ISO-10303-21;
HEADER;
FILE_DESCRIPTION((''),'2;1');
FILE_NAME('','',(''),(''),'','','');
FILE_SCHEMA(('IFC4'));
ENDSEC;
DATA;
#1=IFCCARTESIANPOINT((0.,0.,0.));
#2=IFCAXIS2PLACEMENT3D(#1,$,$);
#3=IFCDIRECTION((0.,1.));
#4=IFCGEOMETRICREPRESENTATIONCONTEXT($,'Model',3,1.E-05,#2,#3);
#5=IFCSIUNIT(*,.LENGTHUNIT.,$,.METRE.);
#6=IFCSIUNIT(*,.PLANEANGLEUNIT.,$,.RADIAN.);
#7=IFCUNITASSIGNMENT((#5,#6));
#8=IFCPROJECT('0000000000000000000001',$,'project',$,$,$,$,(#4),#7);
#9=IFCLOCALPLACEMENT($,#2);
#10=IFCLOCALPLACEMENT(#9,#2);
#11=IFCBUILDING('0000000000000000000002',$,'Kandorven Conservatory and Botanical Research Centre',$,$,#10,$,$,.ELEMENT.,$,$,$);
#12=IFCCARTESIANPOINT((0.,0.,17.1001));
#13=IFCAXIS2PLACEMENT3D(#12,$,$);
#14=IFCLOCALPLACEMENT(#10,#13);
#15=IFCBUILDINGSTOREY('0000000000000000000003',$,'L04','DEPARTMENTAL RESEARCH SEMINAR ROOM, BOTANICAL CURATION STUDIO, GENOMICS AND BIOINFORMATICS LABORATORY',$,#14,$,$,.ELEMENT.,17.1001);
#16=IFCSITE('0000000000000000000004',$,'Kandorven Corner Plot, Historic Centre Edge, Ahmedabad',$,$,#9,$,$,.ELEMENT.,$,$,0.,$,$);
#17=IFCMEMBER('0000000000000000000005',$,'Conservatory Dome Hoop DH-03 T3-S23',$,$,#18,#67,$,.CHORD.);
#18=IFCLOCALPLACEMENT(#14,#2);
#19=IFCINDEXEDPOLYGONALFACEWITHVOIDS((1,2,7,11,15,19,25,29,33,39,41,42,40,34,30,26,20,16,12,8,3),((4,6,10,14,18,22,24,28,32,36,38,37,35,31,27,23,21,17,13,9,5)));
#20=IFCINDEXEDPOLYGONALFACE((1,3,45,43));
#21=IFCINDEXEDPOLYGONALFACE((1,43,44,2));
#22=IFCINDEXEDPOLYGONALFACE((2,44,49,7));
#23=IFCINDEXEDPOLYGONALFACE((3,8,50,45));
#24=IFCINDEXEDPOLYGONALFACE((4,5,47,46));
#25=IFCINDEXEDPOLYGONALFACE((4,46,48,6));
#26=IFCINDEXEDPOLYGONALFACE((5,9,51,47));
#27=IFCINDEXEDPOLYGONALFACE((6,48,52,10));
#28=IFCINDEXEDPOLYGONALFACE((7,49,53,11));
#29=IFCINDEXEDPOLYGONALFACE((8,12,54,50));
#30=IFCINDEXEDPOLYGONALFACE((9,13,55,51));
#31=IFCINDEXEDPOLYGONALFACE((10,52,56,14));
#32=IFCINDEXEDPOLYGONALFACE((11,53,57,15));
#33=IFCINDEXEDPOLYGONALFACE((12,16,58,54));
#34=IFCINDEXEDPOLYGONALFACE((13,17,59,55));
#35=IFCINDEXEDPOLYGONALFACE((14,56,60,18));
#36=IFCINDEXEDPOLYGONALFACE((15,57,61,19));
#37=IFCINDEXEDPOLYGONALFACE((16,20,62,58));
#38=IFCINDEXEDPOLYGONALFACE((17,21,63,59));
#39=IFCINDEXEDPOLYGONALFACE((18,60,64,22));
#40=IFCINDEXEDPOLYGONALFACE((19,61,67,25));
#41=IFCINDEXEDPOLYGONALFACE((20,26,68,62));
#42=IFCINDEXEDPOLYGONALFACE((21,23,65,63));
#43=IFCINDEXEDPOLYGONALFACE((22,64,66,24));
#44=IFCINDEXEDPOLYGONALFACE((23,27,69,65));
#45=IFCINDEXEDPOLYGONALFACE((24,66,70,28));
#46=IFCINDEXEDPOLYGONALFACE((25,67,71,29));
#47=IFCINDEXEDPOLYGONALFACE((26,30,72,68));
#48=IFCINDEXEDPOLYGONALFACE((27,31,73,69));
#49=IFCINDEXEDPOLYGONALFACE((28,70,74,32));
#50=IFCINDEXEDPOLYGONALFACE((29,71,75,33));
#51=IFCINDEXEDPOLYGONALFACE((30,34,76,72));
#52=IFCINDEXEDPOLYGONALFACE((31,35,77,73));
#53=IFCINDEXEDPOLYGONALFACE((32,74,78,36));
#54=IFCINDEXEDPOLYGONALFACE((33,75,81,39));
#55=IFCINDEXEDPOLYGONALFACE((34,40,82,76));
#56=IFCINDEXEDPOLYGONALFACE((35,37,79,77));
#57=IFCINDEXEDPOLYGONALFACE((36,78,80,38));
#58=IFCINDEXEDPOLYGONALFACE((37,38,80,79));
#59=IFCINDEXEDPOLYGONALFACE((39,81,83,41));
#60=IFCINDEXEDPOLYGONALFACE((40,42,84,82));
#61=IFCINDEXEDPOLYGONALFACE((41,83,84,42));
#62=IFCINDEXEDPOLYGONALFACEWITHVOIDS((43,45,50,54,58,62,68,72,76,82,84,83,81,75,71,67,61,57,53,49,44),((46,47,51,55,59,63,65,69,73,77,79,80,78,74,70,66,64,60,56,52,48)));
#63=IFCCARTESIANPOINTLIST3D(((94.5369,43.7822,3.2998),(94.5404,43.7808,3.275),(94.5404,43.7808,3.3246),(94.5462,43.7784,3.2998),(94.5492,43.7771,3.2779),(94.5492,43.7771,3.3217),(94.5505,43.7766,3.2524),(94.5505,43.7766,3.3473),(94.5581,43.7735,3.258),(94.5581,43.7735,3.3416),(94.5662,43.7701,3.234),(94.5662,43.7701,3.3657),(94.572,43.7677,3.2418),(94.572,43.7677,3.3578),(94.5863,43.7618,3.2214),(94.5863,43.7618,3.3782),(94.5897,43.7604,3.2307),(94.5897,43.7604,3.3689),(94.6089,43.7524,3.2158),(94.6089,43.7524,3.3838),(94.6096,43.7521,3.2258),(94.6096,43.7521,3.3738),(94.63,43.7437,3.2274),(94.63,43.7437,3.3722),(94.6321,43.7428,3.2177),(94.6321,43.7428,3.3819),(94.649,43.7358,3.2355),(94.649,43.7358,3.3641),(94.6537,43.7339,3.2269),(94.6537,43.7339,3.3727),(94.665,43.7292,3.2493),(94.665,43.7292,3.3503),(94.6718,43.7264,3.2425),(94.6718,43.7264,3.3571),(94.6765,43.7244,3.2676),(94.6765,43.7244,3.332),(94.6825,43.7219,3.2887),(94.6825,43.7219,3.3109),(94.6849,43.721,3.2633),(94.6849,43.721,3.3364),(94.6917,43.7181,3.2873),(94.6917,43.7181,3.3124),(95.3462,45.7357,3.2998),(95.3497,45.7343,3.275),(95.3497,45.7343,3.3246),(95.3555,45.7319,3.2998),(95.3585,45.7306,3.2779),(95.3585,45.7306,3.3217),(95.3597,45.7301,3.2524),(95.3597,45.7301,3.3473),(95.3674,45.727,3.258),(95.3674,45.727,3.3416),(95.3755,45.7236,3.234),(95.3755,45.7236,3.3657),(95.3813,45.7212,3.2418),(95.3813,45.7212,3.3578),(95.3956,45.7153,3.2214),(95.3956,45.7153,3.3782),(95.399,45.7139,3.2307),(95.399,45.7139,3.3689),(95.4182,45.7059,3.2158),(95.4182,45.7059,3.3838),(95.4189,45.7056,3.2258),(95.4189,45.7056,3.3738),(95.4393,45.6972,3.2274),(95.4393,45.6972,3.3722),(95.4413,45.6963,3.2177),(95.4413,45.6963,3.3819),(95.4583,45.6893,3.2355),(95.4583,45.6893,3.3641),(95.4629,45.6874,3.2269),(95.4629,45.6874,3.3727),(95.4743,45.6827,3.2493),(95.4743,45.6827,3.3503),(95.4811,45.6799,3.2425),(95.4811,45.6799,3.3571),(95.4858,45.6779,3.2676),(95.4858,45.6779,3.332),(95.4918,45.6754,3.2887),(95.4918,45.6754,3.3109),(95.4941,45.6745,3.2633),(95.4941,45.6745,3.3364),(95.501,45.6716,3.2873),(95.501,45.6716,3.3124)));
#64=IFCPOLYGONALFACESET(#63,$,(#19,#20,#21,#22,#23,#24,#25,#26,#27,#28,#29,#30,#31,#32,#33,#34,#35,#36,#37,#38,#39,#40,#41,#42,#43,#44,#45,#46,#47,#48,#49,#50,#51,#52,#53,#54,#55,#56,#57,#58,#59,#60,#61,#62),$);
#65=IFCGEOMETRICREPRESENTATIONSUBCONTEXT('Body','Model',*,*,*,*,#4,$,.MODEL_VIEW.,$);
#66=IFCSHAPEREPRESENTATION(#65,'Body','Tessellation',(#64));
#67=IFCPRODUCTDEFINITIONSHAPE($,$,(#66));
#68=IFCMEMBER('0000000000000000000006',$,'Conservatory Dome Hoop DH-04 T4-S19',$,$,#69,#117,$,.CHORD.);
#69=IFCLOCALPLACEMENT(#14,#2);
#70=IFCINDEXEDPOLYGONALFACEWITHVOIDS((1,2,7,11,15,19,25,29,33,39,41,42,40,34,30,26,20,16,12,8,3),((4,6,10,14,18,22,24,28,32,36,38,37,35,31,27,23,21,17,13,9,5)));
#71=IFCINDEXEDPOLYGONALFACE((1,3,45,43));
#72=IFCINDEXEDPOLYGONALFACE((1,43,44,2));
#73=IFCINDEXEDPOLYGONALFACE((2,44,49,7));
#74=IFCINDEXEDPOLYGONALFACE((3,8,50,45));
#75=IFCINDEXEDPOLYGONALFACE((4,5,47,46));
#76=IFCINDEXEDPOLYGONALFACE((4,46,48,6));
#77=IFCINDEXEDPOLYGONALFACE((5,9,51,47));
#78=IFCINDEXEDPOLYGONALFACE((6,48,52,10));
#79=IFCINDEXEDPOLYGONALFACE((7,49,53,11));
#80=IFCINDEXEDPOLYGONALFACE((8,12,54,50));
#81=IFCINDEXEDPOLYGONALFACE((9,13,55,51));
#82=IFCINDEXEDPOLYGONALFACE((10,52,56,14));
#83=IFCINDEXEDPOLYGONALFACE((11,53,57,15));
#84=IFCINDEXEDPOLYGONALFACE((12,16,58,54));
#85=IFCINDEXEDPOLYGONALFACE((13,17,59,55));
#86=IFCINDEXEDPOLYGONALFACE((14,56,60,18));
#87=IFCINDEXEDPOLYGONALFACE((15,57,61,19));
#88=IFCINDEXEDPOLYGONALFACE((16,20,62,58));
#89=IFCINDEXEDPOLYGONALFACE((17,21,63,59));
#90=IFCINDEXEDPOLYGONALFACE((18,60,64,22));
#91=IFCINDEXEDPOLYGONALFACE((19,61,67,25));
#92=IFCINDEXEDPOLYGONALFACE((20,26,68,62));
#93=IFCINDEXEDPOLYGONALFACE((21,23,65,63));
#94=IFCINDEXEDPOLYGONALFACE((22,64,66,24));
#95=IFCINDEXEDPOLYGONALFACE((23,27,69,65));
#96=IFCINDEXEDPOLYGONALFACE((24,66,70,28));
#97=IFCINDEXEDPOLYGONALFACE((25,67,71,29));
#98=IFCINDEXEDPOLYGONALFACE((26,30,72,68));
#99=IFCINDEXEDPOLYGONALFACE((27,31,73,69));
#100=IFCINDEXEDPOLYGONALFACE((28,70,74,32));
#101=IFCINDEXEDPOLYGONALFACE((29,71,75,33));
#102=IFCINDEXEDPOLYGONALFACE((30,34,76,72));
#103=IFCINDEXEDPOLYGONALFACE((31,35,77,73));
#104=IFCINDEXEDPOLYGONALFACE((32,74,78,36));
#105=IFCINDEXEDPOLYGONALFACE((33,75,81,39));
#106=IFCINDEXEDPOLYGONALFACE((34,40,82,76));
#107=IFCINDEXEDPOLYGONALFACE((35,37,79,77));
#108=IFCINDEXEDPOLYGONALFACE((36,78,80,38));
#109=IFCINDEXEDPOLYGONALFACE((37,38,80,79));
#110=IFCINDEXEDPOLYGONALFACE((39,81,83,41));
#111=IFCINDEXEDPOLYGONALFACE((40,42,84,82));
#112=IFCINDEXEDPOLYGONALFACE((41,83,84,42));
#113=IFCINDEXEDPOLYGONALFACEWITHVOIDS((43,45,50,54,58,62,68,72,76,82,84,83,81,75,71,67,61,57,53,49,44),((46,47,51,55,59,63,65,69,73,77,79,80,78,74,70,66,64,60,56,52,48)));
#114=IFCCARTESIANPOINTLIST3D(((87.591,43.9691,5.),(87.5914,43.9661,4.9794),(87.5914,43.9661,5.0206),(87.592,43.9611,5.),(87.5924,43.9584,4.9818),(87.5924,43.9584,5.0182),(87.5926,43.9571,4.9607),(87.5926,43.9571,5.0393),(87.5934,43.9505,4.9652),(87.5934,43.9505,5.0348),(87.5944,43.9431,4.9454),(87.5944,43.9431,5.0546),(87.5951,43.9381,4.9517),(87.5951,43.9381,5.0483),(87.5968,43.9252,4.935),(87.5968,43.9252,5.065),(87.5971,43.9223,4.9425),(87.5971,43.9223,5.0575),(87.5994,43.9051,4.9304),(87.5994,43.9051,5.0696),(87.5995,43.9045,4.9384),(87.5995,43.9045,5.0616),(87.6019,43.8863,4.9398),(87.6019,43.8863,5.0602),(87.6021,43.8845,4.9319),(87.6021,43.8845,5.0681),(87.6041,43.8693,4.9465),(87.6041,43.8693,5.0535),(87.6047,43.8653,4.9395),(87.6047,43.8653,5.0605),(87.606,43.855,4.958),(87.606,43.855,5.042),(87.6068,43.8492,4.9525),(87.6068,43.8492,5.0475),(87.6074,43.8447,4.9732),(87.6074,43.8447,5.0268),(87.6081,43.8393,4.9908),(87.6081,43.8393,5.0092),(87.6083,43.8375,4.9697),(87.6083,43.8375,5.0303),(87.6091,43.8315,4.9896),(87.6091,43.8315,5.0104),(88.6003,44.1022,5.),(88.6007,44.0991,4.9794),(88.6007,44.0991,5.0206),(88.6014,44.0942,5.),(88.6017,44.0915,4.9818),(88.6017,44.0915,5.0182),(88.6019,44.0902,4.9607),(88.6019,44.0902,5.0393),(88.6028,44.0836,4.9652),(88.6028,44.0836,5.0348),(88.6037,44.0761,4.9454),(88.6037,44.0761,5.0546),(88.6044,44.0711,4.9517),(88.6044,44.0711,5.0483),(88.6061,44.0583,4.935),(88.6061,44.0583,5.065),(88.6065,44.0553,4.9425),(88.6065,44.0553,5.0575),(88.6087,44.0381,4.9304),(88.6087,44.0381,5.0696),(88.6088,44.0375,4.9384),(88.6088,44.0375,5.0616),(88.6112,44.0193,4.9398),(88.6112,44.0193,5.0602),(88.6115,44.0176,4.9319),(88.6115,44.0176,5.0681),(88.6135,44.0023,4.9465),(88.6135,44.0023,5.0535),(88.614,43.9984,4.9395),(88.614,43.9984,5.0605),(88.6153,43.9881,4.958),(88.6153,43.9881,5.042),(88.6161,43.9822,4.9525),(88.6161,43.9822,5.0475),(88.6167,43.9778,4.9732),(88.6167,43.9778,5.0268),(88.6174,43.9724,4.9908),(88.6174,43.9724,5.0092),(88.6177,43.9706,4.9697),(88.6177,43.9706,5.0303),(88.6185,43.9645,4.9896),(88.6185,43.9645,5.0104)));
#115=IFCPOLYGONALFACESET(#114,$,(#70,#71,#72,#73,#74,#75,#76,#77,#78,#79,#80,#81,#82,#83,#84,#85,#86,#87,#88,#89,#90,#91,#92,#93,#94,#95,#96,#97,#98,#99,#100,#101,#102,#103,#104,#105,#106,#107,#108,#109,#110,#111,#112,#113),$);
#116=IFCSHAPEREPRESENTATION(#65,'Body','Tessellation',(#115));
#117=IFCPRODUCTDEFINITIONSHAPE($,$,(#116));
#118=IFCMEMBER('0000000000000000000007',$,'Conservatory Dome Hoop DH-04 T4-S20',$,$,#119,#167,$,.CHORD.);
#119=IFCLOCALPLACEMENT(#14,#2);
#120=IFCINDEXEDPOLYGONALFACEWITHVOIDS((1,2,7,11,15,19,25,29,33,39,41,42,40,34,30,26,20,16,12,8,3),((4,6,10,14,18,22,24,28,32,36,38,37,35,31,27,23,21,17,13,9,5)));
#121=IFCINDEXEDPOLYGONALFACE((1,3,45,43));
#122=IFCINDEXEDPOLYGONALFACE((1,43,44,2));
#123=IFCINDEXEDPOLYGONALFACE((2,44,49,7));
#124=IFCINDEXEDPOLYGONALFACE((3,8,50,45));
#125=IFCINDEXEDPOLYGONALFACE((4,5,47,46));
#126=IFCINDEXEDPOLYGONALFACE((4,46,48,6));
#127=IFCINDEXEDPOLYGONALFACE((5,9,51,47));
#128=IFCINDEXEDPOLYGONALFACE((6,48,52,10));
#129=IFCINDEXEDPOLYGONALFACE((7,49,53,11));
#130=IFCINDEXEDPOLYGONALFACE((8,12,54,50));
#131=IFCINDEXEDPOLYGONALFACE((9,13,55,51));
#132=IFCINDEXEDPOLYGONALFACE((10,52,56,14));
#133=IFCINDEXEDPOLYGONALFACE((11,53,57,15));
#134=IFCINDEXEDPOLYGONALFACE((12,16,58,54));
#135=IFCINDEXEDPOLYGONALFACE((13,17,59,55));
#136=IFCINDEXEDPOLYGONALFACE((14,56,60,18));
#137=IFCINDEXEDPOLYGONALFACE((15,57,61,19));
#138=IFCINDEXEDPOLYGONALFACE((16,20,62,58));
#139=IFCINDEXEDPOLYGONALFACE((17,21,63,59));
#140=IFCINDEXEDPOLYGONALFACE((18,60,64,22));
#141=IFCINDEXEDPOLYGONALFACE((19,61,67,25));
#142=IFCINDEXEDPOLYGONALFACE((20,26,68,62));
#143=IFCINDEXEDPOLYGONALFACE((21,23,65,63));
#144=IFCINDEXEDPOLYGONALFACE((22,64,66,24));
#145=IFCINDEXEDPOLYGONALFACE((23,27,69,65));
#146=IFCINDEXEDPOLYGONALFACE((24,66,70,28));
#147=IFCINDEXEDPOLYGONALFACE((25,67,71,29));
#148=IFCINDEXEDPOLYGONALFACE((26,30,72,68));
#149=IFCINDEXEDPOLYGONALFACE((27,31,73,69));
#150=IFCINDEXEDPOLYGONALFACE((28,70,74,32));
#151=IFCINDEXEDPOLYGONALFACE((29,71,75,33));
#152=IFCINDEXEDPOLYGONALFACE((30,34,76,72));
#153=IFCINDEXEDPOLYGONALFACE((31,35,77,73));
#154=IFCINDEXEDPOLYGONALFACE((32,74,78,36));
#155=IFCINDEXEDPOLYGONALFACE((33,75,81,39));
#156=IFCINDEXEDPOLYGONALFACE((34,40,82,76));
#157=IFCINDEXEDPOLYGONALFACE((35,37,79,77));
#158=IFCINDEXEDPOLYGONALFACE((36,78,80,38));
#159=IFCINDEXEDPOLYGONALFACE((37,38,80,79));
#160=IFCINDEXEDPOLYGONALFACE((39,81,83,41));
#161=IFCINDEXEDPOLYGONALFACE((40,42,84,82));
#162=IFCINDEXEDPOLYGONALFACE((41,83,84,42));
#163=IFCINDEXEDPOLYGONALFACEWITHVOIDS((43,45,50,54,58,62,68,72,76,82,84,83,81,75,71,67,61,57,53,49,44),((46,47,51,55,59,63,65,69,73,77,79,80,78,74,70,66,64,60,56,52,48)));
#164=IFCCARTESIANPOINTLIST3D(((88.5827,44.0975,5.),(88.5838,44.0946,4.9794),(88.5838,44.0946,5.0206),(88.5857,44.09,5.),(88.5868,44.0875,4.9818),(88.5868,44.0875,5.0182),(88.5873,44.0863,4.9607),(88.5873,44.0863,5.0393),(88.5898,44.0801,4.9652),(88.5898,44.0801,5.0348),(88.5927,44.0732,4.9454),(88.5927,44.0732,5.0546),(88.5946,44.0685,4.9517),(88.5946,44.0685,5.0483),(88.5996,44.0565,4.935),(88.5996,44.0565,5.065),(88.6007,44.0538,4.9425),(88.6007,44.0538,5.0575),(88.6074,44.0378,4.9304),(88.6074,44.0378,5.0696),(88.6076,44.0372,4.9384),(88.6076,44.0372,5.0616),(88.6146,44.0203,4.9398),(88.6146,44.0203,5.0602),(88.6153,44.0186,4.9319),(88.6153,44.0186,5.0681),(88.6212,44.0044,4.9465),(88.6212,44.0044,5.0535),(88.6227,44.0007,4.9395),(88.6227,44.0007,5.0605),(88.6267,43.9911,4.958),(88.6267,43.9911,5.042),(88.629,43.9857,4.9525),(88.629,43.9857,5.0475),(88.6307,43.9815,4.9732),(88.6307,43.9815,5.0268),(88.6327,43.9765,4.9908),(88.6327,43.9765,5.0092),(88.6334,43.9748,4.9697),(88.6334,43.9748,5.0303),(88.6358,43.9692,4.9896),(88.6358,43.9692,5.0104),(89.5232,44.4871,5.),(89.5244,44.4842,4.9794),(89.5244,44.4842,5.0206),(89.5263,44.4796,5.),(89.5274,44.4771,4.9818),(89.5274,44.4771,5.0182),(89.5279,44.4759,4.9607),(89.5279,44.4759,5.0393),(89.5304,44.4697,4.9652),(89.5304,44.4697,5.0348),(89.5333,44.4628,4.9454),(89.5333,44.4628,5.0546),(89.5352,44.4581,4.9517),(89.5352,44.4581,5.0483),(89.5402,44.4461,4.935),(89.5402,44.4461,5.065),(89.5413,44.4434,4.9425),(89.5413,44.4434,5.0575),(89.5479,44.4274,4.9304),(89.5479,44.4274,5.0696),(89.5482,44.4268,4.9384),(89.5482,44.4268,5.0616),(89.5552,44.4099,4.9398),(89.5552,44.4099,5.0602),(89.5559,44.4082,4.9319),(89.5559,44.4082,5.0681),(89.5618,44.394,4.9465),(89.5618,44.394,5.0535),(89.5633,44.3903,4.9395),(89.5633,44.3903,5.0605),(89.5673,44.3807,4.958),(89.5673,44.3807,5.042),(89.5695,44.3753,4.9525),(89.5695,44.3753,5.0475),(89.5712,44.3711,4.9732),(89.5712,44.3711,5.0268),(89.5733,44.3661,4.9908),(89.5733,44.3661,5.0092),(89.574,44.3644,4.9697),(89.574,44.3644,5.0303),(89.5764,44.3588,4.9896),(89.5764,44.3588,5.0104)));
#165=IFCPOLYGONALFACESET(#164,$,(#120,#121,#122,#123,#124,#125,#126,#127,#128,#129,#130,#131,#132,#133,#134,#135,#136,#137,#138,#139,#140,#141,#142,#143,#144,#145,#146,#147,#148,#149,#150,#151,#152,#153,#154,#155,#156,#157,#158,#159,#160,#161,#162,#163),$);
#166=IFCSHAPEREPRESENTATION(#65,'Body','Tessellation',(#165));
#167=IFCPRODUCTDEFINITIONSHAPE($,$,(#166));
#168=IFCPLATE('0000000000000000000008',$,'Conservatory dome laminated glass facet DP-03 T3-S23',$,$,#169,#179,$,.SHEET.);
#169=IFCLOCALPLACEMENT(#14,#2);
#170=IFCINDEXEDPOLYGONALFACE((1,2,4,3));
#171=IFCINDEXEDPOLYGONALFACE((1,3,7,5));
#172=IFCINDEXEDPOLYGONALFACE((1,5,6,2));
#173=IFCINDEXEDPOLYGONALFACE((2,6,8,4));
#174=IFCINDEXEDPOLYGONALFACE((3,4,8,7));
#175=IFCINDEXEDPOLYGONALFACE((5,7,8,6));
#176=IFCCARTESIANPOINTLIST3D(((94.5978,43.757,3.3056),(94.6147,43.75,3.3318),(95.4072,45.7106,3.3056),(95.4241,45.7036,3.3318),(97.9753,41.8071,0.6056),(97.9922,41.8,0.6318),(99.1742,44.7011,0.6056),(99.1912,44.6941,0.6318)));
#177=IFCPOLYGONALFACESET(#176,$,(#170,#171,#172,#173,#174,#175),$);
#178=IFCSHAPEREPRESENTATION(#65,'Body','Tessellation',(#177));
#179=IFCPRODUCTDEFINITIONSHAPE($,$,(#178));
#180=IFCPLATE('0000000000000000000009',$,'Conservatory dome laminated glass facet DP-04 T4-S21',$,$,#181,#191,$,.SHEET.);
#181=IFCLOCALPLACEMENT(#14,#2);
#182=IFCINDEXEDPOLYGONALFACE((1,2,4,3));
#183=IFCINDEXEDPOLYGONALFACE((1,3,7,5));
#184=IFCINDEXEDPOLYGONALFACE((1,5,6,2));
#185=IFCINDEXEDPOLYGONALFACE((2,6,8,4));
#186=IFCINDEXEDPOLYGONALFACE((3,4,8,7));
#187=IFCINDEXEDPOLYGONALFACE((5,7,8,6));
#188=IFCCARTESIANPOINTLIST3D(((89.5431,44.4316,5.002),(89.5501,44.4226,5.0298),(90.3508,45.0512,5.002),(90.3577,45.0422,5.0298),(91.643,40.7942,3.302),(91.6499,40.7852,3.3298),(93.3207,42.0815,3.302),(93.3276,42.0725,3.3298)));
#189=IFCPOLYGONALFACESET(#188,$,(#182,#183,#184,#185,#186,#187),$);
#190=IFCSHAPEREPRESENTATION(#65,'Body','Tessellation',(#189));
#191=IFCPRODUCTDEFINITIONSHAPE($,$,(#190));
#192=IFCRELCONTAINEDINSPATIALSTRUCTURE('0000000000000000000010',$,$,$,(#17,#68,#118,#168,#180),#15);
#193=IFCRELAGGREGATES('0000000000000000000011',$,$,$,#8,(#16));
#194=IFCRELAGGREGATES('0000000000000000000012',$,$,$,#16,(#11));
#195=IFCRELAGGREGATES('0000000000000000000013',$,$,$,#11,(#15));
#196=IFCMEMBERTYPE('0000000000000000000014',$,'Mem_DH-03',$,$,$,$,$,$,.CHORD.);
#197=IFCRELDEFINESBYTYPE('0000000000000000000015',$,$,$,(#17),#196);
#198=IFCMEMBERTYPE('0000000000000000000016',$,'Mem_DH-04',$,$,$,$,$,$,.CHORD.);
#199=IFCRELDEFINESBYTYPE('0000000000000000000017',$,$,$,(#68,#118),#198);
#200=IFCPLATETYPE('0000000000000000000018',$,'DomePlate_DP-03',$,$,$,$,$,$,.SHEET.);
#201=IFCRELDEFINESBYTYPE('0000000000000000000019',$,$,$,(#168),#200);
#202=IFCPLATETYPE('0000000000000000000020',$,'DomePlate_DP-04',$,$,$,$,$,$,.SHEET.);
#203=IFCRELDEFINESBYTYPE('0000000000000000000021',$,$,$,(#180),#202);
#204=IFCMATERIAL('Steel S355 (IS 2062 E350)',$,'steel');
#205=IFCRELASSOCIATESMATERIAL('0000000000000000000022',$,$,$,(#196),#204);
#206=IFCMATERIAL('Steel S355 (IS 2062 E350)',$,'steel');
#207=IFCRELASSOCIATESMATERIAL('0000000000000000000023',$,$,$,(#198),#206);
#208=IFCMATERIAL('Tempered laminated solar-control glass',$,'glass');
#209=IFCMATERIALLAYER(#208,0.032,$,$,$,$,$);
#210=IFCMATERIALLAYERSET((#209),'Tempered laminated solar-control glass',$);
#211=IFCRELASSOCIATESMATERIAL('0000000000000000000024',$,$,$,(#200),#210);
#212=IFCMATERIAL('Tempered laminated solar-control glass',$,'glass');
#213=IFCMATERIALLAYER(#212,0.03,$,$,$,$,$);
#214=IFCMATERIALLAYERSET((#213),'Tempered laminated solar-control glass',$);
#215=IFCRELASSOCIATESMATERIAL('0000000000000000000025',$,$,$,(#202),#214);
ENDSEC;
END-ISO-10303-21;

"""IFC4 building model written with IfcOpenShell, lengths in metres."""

from ifc_helpers import new_model, si_unit, direction, frame, origin, origin_2d, place, context, subcontext, project, spatial, polyline, hollow_circle, outline, extrude, material, layer, layer_set, material_profile, profile_set, type_object, element, save


model = new_model("IFC4")

# Units and contexts
model_context = context("Model", 3, precision=1e-05, world=origin(), true_north=direction((0.0, 1.0)))
body_context = subcontext(model_context, "Body", "Model", "MODEL_VIEW")
ifc_project = project(units=[si_unit("LENGTHUNIT", "METRE"), si_unit("PLANEANGLEUNIT", "RADIAN")], contexts=[model_context])

# Site, building, storey
site_placement = place(None, origin())
site = spatial("IfcSite", under=ifc_project, at=site_placement, Name="Kandorven Corner Plot, Historic Centre Edge, Ahmedabad", CompositionType="ELEMENT", RefElevation=0.0)
building_placement = place(site_placement, origin())
building = spatial("IfcBuilding", under=site, at=building_placement, Name="Kandorven Conservatory and Botanical Research Centre", CompositionType="ELEMENT")
storey_placement = place(building_placement, frame((0.0, 0.0, 17.1001)))
storey = spatial("IfcBuildingStorey", under=building, at=storey_placement, Name="L04", Description="DEPARTMENTAL RESEARCH SEMINAR ROOM, BOTANICAL CURATION STUDIO, GENOMICS AND BIOINFORMATICS LABORATORY", CompositionType="ELEMENT", Elevation=17.1001)

# Members
ifc_material_1 = material(Name="Steel S355 (IS 2062 E350)", Category="steel")
ifc_material_profile_1 = material_profile(ifc_material_1, hollow_circle(Radius=0.0842, WallThickness=0.01, at=origin_2d()))
ifc_profile_set_1 = profile_set([ifc_material_profile_1], Name="Steel S355 (IS 2062 E350)")
member_type_1 = type_object("IfcMemberType", Name="Mem_DH-03", PredefinedType="CHORD", material=ifc_profile_set_1)
for number, where, z_axis, x_axis, name in (
    (1, (94.6147, 43.75, 3.2998), (0.382729, 0.923861, 0.0), (-0.923861, 0.382729, 0.0), "Conservatory Dome Hoop DH-03 T3-S23"),
):
    element("IfcMember", number, at=place(storey_placement, frame(where, z_axis=z_axis, x_axis=x_axis)), inside=storey, type_object=member_type_1, Name=name, PredefinedType="CHORD", context=body_context, shape_type="SweptSolid", body=[
        extrude(hollow_circle(Radius=0.0842, WallThickness=0.01, at=origin_2d()), origin(), (0.0, 0.0, 1.0), 2.1145),
    ])
ifc_material_2 = material(Name="Steel S355 (IS 2062 E350)", Category="steel")
ifc_material_profile_2 = material_profile(ifc_material_2, hollow_circle(Radius=0.0698, WallThickness=0.0081, at=origin_2d()))
ifc_profile_set_2 = profile_set([ifc_material_profile_2], Name="Steel S355 (IS 2062 E350)")
member_type_2 = type_object("IfcMemberType", Name="Mem_DH-04", PredefinedType="CHORD", material=ifc_profile_set_2)
for number, where, z_axis, x_axis, name in (
    (2, (87.6001, 43.8999, 5.0), (0.991422, 0.130703, 0.0), (-0.130703, 0.991422, 0.0), "Conservatory Dome Hoop DH-04 T4-S19"),
    (3, (88.6094, 44.033, 5.0), (0.923877, 0.382691, 0.0), (-0.382691, 0.923877, 0.0), "Conservatory Dome Hoop DH-04 T4-S20"),
):
    element("IfcMember", number, at=place(storey_placement, frame(where, z_axis=z_axis, x_axis=x_axis)), inside=storey, type_object=member_type_2, Name=name, PredefinedType="CHORD", context=body_context, shape_type="SweptSolid", body=[
        extrude(hollow_circle(Radius=0.0698, WallThickness=0.0081, at=origin_2d()), origin(), (0.0, 0.0, 1.0), 1.0181),
    ])

# Plates
ifc_material_3 = material(Name="Tempered laminated solar-control glass", Category="glass")
ifc_layer_1 = layer(ifc_material_3, 0.032)
ifc_layer_set_1 = layer_set([ifc_layer_1], Name="Tempered laminated solar-control glass")
plate_type_1 = type_object("IfcPlateType", Name="DomePlate_DP-03", PredefinedType="SHEET", material=ifc_layer_set_1)
plate_1_placement = place(storey_placement, frame((97.9922, 41.8, 0.6318), z_axis=(0.528919, -0.219122, 0.819897), x_axis=(0.382742, 0.923855, -0.000003)))
element("IfcPlate", 4, at=plate_1_placement, inside=storey, type_object=plate_type_1, Name="Conservatory dome laminated glass facet DP-03 T3-S23", PredefinedType="SHEET", context=body_context, shape_type="SweptSolid", body=[
    extrude(outline(polyline([(0.0, 0.0), (3.1326, 0.0), (2.6234, 4.716), (0.5088, 4.716), (0.0, 0.0)])), origin(), (0.0, 0.0, -1.0), 0.032),
])
ifc_material_4 = material(Name="Tempered laminated solar-control glass", Category="glass")
ifc_layer_2 = layer(ifc_material_4, 0.03)
ifc_layer_set_2 = layer_set([ifc_layer_2], Name="Tempered laminated solar-control glass")
plate_type_2 = type_object("IfcPlateType", Name="DomePlate_DP-04", PredefinedType="SHEET", material=ifc_layer_set_2)
plate_2_placement = place(storey_placement, frame((91.6499, 40.7852, 3.3298), z_axis=(0.23008, -0.299861, 0.925822), x_axis=(0.793359, 0.608754, 0.000006)))
element("IfcPlate", 5, at=plate_2_placement, inside=storey, type_object=plate_type_2, Name="Conservatory dome laminated glass facet DP-04 T4-S21", PredefinedType="SHEET", context=body_context, shape_type="SweptSolid", body=[
    extrude(outline(polyline([(0.0, 0.0), (2.1147, 0.0), (1.5663, 4.4977), (0.5484, 4.4977), (0.0, 0.0)])), origin(), (0.0, 0.0, -1.0), 0.03),
])

save(model, "model.ifc")
